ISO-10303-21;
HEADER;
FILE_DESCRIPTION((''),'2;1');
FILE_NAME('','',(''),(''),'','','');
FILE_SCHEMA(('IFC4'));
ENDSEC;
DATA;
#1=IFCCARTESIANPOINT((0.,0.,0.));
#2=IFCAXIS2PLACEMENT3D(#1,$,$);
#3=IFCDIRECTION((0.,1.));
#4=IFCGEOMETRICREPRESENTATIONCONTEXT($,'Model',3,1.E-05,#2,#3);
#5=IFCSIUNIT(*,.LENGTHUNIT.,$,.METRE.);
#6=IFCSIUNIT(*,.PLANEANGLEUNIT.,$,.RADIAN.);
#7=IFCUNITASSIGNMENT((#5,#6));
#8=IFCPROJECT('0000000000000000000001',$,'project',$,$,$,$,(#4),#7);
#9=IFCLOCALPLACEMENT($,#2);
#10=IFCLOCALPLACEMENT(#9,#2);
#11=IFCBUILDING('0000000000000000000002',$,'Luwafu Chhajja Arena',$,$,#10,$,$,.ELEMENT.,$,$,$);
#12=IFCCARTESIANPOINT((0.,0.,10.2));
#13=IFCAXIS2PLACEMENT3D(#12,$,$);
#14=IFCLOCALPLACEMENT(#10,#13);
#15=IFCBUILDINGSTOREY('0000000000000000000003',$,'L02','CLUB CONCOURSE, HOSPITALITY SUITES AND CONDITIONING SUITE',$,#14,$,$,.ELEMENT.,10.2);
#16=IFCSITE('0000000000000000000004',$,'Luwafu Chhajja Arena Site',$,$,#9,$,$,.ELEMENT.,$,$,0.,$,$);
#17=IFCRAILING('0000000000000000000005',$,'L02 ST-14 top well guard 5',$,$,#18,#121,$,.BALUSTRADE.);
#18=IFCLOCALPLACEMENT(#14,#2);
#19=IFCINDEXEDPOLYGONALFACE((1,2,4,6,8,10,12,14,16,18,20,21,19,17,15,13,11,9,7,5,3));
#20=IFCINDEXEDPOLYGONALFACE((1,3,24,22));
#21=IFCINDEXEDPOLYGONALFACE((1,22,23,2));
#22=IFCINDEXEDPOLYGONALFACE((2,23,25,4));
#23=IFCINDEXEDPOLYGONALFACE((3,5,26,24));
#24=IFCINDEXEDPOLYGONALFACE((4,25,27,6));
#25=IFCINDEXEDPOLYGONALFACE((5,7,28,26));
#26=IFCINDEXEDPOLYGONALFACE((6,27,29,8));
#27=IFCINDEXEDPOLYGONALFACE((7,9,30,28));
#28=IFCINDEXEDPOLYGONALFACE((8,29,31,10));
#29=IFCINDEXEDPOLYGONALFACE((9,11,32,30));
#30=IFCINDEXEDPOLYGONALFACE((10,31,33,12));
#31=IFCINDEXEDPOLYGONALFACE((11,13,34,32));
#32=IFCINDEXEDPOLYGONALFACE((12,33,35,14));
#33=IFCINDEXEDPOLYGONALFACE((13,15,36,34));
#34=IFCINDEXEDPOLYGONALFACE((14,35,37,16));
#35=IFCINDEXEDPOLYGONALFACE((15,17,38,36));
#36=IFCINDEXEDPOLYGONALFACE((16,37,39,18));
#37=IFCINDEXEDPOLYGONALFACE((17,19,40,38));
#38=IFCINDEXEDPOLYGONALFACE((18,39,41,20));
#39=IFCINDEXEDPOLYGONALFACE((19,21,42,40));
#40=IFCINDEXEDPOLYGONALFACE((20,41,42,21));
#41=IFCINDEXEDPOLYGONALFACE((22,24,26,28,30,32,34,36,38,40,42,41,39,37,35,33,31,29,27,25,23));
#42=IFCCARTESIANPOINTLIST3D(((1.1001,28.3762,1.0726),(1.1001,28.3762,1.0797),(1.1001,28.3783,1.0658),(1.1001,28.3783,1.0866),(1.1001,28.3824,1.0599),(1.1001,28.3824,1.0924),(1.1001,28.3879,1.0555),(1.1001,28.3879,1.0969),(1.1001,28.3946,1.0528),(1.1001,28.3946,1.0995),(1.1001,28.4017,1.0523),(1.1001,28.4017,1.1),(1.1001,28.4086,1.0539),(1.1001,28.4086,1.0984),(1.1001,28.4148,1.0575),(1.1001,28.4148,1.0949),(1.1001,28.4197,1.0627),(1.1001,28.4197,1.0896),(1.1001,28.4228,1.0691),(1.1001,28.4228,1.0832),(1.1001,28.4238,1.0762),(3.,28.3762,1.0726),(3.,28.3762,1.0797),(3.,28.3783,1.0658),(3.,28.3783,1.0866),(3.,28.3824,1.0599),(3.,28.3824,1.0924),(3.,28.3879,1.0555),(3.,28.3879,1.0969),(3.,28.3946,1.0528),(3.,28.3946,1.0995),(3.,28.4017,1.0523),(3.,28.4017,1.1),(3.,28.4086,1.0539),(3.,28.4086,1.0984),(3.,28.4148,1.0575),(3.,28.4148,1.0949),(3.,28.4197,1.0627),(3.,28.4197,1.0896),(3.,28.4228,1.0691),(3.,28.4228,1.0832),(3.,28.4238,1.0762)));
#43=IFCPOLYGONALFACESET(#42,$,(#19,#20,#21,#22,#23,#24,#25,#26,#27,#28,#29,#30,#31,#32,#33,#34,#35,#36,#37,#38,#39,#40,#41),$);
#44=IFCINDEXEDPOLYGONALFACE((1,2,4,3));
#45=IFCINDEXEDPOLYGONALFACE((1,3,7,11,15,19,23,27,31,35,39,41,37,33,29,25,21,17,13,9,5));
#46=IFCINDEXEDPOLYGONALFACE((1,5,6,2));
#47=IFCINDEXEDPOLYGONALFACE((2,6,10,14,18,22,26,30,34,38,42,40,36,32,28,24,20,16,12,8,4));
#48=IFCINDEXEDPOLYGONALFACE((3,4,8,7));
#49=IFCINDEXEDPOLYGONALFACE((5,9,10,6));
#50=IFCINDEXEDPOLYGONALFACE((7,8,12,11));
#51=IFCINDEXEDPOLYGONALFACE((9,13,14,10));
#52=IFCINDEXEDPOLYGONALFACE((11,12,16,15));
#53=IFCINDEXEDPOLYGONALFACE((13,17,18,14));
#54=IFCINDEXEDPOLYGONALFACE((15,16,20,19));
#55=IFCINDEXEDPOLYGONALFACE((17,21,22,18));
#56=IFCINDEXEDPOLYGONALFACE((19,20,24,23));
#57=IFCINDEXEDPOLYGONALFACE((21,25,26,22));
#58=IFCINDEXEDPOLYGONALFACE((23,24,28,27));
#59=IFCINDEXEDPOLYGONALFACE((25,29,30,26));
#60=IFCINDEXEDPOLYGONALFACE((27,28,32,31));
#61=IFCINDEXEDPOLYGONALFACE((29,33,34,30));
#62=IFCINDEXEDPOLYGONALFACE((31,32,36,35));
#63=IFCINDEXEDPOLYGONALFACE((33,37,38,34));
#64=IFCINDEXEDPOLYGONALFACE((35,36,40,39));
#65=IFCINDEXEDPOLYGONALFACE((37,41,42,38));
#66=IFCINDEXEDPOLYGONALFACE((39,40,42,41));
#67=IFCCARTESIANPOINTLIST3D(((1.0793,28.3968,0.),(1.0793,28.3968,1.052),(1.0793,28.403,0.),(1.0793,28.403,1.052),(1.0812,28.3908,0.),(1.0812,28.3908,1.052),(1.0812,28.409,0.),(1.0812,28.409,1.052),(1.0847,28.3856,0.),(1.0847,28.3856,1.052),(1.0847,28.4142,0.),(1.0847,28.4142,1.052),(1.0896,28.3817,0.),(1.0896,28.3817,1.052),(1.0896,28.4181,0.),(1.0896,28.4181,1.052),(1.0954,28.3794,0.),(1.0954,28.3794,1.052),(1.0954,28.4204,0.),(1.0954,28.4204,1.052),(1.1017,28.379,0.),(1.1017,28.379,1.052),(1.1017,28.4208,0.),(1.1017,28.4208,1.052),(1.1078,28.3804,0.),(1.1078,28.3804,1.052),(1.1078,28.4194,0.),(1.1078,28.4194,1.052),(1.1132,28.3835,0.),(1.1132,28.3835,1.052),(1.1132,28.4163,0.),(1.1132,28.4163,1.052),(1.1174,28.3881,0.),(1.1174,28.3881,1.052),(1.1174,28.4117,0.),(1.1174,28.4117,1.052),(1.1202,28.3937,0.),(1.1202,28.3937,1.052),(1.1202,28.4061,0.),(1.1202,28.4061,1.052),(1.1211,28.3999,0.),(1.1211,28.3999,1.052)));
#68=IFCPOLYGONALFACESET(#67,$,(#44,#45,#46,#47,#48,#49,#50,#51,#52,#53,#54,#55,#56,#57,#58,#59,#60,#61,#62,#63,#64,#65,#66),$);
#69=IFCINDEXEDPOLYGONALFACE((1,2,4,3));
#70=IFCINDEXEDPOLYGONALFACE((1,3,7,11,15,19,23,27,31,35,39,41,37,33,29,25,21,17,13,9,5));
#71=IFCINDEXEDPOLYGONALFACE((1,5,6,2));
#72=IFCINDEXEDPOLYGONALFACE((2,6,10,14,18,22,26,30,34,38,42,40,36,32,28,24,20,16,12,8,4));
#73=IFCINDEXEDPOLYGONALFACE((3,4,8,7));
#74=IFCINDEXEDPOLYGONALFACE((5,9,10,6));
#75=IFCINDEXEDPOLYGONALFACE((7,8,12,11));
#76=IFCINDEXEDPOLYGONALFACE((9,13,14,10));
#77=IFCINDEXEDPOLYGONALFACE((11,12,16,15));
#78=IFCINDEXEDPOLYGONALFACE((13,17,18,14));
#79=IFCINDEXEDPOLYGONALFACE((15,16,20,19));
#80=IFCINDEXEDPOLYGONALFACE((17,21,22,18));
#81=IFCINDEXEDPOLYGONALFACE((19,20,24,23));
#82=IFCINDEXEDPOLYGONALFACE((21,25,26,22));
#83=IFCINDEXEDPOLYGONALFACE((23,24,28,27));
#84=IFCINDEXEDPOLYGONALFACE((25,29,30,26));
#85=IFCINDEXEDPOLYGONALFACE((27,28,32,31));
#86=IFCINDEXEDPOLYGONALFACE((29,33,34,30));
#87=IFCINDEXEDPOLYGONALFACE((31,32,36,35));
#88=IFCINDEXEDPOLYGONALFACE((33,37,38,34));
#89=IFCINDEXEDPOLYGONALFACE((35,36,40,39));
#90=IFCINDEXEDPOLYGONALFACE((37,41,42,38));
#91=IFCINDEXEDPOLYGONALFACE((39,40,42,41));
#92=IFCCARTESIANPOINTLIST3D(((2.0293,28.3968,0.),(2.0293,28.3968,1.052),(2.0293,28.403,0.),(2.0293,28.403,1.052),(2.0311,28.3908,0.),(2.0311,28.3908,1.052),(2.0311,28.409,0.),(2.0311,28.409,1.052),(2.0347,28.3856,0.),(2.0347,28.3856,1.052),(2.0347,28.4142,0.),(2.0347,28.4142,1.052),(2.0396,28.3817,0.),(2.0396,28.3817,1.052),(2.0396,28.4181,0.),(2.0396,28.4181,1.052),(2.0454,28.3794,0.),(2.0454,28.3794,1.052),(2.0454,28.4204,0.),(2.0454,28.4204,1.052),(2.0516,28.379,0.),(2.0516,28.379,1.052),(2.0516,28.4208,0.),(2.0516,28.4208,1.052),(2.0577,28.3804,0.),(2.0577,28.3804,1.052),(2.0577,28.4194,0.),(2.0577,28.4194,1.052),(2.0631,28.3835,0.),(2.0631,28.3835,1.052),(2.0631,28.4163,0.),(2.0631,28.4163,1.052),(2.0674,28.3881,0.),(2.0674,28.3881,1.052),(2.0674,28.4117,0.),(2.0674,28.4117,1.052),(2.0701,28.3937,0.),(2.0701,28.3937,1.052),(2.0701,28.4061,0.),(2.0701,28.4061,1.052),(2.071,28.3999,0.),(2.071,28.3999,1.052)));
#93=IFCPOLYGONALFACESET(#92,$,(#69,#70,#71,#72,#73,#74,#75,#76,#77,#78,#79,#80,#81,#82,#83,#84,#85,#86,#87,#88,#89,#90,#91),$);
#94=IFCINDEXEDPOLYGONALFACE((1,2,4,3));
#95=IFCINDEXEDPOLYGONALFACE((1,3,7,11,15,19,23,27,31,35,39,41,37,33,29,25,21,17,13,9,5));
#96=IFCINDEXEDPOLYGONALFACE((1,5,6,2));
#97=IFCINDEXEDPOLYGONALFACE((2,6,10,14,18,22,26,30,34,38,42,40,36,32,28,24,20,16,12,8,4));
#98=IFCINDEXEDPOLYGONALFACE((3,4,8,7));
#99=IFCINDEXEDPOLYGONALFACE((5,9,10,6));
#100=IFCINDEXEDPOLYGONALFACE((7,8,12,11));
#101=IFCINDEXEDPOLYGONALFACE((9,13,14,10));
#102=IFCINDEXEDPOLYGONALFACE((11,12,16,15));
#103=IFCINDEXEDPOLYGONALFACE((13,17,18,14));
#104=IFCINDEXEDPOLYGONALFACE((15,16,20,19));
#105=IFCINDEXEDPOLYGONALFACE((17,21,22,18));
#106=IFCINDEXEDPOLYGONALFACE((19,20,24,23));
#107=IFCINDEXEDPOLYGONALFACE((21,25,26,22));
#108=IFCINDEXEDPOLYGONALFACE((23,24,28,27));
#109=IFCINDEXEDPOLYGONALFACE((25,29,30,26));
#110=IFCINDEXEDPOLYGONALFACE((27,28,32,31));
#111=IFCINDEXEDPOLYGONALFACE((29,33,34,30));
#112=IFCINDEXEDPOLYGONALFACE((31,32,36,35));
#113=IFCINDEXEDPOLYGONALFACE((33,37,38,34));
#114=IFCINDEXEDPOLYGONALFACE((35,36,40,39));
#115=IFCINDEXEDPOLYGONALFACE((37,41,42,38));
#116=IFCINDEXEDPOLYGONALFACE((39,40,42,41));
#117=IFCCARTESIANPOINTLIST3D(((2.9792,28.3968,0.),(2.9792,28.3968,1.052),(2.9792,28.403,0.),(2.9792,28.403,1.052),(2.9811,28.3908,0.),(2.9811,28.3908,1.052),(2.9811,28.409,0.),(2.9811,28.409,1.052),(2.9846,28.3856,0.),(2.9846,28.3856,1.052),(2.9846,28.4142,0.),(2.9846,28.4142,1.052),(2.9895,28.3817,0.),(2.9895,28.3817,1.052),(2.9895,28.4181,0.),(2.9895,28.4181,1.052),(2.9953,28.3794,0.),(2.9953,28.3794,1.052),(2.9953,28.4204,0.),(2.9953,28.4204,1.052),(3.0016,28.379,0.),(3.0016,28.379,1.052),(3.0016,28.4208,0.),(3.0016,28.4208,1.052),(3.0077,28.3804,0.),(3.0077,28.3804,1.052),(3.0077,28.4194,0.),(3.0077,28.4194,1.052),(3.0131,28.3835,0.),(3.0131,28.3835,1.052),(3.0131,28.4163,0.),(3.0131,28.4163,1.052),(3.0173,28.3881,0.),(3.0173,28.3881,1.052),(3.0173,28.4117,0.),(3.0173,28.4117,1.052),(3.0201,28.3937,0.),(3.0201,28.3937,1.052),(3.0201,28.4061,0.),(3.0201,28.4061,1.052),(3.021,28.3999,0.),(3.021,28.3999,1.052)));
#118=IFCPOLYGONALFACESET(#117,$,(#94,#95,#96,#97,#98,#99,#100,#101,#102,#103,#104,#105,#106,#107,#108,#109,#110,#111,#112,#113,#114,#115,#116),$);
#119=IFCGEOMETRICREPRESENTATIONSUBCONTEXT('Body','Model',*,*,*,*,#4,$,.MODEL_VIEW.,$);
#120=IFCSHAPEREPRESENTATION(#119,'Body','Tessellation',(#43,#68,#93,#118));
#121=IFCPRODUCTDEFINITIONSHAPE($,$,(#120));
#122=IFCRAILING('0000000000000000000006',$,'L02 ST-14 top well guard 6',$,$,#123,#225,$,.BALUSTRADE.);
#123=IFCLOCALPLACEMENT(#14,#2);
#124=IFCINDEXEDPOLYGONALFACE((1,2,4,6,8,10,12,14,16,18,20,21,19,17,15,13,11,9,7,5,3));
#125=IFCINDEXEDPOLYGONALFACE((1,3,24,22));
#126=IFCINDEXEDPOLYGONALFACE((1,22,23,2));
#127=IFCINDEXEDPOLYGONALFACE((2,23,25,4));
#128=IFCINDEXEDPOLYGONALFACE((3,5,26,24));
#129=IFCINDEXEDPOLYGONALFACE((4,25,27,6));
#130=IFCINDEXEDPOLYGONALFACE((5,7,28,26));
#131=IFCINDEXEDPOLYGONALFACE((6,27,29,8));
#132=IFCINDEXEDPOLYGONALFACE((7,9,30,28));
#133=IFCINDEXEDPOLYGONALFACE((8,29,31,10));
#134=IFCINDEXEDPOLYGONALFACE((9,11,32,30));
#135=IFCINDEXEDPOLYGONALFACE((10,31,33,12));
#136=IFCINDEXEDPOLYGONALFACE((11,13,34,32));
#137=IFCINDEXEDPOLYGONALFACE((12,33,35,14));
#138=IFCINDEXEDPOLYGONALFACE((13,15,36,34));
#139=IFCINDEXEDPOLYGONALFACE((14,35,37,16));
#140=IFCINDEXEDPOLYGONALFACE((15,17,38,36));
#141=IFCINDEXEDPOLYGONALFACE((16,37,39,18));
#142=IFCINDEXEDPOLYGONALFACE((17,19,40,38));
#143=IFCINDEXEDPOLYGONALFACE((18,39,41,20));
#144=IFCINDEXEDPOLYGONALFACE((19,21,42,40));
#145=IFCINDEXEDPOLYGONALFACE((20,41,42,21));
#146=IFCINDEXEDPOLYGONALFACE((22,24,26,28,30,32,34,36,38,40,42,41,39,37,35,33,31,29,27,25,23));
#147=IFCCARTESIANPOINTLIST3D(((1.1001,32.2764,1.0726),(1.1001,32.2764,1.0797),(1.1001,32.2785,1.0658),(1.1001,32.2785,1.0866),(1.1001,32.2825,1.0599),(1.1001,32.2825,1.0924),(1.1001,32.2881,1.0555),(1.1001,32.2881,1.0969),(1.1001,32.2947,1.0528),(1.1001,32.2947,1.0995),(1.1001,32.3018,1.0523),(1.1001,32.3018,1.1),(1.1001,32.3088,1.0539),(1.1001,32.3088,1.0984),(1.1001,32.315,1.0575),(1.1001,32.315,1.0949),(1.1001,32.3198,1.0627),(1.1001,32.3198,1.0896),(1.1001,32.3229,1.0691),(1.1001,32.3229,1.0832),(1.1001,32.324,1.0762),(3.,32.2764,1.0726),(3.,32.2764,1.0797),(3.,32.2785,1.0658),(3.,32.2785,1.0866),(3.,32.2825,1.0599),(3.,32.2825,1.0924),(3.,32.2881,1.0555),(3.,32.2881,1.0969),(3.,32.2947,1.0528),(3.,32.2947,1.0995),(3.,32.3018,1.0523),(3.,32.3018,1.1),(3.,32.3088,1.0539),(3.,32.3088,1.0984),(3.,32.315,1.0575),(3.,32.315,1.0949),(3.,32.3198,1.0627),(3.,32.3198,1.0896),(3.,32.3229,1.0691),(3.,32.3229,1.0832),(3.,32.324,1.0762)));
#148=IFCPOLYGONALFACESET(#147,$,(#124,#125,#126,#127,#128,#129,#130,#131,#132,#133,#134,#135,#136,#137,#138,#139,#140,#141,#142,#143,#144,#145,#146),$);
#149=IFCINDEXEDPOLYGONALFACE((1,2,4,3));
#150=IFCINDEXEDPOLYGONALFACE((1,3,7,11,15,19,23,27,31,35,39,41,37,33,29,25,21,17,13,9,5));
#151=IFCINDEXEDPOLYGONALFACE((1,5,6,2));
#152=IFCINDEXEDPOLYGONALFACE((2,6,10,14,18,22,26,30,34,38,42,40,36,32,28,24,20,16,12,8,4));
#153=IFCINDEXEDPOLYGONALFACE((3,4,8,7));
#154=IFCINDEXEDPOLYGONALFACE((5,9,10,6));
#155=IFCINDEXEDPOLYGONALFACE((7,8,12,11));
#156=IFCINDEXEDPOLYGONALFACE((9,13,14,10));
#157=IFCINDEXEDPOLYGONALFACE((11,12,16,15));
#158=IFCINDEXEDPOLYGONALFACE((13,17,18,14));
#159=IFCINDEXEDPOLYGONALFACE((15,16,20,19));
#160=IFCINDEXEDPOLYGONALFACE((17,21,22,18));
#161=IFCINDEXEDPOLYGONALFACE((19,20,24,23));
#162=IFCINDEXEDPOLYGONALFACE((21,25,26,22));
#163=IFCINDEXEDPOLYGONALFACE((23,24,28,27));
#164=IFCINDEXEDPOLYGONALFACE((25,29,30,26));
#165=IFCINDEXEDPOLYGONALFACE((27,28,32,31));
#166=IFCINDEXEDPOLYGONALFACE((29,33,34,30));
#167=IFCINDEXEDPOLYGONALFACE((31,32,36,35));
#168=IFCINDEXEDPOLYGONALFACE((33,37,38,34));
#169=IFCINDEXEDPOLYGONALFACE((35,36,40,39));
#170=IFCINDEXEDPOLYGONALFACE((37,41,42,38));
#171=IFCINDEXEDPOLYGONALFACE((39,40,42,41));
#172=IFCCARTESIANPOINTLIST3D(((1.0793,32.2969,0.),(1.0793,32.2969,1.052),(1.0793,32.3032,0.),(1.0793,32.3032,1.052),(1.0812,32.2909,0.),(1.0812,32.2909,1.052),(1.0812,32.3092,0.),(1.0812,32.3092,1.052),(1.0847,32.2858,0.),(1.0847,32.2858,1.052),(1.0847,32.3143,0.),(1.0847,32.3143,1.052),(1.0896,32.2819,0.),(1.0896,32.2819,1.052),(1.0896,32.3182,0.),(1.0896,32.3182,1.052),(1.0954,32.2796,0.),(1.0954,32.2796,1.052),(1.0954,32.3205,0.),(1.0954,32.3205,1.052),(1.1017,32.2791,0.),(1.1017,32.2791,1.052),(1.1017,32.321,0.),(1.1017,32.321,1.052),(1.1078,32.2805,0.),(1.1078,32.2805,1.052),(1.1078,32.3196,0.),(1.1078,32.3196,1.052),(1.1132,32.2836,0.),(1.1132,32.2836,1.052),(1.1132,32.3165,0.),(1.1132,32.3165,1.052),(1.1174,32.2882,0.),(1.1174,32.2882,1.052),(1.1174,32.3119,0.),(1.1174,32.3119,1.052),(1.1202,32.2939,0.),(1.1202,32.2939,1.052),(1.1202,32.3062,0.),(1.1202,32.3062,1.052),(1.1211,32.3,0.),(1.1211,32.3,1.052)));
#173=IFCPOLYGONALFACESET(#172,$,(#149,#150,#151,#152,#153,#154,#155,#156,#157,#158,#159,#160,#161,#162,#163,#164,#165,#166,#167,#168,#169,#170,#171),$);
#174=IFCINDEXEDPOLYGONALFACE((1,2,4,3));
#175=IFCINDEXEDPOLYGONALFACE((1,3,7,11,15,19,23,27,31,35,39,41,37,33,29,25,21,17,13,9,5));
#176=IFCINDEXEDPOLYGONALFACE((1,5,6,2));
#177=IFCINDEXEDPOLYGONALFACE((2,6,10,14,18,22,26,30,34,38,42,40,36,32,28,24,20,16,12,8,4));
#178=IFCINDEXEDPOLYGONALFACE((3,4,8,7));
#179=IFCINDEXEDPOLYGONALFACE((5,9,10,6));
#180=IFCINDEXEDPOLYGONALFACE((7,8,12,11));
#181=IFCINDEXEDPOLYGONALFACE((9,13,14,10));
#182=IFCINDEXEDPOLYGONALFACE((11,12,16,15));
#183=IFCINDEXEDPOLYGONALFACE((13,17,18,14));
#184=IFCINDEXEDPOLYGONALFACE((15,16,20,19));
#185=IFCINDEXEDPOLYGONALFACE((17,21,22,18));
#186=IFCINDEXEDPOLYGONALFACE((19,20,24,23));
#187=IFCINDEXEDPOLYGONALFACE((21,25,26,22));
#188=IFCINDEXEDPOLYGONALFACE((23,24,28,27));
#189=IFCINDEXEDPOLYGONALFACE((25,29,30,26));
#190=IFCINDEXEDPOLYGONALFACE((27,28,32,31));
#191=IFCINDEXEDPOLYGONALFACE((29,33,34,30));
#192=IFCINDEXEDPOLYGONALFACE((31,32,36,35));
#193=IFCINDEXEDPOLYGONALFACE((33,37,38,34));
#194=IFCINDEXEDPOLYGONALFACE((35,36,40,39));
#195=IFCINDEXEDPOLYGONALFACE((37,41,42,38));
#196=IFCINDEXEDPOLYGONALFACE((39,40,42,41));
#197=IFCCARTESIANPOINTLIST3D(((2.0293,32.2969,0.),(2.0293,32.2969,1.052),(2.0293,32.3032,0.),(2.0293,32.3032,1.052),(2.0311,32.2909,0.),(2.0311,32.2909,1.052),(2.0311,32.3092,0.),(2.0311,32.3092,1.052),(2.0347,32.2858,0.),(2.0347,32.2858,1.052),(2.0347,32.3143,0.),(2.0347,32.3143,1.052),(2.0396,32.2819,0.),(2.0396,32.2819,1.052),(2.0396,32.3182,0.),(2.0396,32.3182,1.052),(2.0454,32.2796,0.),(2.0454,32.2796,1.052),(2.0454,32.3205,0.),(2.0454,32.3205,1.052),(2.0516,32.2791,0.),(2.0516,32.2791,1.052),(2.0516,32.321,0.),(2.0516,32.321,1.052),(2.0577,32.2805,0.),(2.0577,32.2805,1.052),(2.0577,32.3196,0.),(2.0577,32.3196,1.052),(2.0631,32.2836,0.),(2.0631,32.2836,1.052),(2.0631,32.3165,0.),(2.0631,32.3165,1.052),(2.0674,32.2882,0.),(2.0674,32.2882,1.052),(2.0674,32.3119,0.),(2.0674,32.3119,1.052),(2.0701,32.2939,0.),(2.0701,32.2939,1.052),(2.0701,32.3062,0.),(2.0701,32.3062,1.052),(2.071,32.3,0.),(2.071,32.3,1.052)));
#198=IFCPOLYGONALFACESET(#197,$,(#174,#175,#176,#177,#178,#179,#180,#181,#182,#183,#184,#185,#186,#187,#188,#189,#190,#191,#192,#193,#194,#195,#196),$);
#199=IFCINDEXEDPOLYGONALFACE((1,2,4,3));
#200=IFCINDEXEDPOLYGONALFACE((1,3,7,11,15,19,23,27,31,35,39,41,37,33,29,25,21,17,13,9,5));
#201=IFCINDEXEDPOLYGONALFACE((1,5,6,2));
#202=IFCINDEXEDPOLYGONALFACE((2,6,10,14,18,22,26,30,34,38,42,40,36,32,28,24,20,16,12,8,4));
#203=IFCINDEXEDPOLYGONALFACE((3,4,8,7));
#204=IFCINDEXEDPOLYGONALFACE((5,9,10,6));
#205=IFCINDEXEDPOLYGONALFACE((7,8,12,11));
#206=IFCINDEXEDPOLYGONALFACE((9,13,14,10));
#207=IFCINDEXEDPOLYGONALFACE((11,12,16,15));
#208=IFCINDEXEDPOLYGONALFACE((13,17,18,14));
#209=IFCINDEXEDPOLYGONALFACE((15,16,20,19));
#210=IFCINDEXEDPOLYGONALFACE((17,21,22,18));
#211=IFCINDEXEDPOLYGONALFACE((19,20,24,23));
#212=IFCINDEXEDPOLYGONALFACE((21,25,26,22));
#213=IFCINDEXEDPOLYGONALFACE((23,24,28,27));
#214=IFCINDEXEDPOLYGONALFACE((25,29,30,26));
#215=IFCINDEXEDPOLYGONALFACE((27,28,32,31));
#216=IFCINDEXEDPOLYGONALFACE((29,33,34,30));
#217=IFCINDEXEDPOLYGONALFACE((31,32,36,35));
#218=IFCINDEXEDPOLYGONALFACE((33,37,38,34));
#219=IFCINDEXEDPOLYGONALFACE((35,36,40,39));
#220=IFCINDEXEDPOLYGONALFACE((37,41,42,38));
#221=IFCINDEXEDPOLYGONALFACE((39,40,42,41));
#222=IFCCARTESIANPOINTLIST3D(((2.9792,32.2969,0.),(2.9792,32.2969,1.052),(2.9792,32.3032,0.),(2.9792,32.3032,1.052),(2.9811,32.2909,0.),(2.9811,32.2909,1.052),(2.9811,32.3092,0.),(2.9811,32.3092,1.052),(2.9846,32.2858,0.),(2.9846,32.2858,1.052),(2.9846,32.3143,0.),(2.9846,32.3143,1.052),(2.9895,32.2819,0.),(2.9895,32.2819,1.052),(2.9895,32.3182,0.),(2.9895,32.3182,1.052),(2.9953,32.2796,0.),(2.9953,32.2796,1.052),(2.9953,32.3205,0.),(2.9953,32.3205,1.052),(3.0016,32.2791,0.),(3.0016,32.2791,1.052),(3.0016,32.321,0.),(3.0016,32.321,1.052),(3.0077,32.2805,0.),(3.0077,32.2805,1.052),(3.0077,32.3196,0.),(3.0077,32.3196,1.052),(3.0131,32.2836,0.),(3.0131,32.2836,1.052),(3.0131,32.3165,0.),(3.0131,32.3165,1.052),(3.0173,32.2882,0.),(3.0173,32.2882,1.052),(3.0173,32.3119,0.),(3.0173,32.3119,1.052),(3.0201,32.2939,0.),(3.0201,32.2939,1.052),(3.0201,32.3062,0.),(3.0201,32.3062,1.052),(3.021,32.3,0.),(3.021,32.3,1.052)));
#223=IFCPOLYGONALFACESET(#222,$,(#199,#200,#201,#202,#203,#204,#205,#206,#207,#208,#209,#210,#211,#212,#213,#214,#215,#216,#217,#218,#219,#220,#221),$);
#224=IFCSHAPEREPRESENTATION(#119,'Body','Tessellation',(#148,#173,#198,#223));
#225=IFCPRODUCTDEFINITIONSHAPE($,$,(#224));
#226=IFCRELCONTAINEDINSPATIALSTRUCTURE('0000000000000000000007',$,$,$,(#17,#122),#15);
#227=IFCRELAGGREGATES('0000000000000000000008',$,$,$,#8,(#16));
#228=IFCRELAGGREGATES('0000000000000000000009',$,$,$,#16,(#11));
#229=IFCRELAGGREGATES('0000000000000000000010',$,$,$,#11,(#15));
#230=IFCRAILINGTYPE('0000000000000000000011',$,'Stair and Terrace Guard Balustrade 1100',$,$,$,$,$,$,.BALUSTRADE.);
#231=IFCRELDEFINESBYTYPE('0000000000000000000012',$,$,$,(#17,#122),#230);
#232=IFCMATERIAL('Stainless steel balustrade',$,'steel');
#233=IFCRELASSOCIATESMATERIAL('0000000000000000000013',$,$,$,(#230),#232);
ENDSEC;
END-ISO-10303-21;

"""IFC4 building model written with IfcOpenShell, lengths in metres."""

from ifc_helpers import new_model, si_unit, direction, frame, origin, origin_2d, place, context, subcontext, project, spatial, circle, extrude, material, type_object, element, save


model = new_model("IFC4")

# Units and contexts
model_context = context("Model", 3, precision=1e-05, world=origin(), true_north=direction((0.0, 1.0)))
body_context = subcontext(model_context, "Body", "Model", "MODEL_VIEW")
ifc_project = project(units=[si_unit("LENGTHUNIT", "METRE"), si_unit("PLANEANGLEUNIT", "RADIAN")], contexts=[model_context])

# Site, building, storey
site_placement = place(None, origin())
site = spatial("IfcSite", under=ifc_project, at=site_placement, Name="Luwafu Chhajja Arena Site", CompositionType="ELEMENT", RefElevation=0.0)
building_placement = place(site_placement, origin())
building = spatial("IfcBuilding", under=site, at=building_placement, Name="Luwafu Chhajja Arena", CompositionType="ELEMENT")
storey_placement = place(building_placement, frame((0.0, 0.0, 10.2)))
storey = spatial("IfcBuildingStorey", under=building, at=storey_placement, Name="L02", Description="CLUB CONCOURSE, HOSPITALITY SUITES AND CONDITIONING SUITE", CompositionType="ELEMENT", Elevation=10.2)

# Railings
ifc_material_1 = material(Name="Stainless steel balustrade", Category="steel")
railing_type = type_object("IfcRailingType", Name="Stair and Terrace Guard Balustrade 1100", PredefinedType="BALUSTRADE", material=ifc_material_1)
for number, where, name in (
    (1, (1.1001, 28.3999, 0.0), "L02 ST-14 top well guard 5"),
    (2, (1.1001, 32.3, 0.0), "L02 ST-14 top well guard 6"),
):
    element("IfcRailing", number, at=place(storey_placement, frame(where)), inside=storey, type_object=railing_type, Name=name, PredefinedType="BALUSTRADE", context=body_context, shape_type="SweptSolid", body=[
        extrude(circle(Radius=0.0239, at=origin_2d()), frame((0.0, 0.0, 1.0762), z_axis=(1.0, 0.0, 0.0), x_axis=(0.0, 1.0, 0.0)), (0.0, 0.0, 1.0), 1.8999),
        extrude(circle(Radius=0.021, at=origin_2d()), origin(), (0.0, 0.0, 1.0), 1.052),
        extrude(circle(Radius=0.021, at=origin_2d()), frame((0.95, 0.0, 0.0)), (0.0, 0.0, 1.0), 1.052),
        extrude(circle(Radius=0.021, at=origin_2d()), frame((1.8999, 0.0, 0.0)), (0.0, 0.0, 1.0), 1.052),
    ])

save(model, "model.ifc")
